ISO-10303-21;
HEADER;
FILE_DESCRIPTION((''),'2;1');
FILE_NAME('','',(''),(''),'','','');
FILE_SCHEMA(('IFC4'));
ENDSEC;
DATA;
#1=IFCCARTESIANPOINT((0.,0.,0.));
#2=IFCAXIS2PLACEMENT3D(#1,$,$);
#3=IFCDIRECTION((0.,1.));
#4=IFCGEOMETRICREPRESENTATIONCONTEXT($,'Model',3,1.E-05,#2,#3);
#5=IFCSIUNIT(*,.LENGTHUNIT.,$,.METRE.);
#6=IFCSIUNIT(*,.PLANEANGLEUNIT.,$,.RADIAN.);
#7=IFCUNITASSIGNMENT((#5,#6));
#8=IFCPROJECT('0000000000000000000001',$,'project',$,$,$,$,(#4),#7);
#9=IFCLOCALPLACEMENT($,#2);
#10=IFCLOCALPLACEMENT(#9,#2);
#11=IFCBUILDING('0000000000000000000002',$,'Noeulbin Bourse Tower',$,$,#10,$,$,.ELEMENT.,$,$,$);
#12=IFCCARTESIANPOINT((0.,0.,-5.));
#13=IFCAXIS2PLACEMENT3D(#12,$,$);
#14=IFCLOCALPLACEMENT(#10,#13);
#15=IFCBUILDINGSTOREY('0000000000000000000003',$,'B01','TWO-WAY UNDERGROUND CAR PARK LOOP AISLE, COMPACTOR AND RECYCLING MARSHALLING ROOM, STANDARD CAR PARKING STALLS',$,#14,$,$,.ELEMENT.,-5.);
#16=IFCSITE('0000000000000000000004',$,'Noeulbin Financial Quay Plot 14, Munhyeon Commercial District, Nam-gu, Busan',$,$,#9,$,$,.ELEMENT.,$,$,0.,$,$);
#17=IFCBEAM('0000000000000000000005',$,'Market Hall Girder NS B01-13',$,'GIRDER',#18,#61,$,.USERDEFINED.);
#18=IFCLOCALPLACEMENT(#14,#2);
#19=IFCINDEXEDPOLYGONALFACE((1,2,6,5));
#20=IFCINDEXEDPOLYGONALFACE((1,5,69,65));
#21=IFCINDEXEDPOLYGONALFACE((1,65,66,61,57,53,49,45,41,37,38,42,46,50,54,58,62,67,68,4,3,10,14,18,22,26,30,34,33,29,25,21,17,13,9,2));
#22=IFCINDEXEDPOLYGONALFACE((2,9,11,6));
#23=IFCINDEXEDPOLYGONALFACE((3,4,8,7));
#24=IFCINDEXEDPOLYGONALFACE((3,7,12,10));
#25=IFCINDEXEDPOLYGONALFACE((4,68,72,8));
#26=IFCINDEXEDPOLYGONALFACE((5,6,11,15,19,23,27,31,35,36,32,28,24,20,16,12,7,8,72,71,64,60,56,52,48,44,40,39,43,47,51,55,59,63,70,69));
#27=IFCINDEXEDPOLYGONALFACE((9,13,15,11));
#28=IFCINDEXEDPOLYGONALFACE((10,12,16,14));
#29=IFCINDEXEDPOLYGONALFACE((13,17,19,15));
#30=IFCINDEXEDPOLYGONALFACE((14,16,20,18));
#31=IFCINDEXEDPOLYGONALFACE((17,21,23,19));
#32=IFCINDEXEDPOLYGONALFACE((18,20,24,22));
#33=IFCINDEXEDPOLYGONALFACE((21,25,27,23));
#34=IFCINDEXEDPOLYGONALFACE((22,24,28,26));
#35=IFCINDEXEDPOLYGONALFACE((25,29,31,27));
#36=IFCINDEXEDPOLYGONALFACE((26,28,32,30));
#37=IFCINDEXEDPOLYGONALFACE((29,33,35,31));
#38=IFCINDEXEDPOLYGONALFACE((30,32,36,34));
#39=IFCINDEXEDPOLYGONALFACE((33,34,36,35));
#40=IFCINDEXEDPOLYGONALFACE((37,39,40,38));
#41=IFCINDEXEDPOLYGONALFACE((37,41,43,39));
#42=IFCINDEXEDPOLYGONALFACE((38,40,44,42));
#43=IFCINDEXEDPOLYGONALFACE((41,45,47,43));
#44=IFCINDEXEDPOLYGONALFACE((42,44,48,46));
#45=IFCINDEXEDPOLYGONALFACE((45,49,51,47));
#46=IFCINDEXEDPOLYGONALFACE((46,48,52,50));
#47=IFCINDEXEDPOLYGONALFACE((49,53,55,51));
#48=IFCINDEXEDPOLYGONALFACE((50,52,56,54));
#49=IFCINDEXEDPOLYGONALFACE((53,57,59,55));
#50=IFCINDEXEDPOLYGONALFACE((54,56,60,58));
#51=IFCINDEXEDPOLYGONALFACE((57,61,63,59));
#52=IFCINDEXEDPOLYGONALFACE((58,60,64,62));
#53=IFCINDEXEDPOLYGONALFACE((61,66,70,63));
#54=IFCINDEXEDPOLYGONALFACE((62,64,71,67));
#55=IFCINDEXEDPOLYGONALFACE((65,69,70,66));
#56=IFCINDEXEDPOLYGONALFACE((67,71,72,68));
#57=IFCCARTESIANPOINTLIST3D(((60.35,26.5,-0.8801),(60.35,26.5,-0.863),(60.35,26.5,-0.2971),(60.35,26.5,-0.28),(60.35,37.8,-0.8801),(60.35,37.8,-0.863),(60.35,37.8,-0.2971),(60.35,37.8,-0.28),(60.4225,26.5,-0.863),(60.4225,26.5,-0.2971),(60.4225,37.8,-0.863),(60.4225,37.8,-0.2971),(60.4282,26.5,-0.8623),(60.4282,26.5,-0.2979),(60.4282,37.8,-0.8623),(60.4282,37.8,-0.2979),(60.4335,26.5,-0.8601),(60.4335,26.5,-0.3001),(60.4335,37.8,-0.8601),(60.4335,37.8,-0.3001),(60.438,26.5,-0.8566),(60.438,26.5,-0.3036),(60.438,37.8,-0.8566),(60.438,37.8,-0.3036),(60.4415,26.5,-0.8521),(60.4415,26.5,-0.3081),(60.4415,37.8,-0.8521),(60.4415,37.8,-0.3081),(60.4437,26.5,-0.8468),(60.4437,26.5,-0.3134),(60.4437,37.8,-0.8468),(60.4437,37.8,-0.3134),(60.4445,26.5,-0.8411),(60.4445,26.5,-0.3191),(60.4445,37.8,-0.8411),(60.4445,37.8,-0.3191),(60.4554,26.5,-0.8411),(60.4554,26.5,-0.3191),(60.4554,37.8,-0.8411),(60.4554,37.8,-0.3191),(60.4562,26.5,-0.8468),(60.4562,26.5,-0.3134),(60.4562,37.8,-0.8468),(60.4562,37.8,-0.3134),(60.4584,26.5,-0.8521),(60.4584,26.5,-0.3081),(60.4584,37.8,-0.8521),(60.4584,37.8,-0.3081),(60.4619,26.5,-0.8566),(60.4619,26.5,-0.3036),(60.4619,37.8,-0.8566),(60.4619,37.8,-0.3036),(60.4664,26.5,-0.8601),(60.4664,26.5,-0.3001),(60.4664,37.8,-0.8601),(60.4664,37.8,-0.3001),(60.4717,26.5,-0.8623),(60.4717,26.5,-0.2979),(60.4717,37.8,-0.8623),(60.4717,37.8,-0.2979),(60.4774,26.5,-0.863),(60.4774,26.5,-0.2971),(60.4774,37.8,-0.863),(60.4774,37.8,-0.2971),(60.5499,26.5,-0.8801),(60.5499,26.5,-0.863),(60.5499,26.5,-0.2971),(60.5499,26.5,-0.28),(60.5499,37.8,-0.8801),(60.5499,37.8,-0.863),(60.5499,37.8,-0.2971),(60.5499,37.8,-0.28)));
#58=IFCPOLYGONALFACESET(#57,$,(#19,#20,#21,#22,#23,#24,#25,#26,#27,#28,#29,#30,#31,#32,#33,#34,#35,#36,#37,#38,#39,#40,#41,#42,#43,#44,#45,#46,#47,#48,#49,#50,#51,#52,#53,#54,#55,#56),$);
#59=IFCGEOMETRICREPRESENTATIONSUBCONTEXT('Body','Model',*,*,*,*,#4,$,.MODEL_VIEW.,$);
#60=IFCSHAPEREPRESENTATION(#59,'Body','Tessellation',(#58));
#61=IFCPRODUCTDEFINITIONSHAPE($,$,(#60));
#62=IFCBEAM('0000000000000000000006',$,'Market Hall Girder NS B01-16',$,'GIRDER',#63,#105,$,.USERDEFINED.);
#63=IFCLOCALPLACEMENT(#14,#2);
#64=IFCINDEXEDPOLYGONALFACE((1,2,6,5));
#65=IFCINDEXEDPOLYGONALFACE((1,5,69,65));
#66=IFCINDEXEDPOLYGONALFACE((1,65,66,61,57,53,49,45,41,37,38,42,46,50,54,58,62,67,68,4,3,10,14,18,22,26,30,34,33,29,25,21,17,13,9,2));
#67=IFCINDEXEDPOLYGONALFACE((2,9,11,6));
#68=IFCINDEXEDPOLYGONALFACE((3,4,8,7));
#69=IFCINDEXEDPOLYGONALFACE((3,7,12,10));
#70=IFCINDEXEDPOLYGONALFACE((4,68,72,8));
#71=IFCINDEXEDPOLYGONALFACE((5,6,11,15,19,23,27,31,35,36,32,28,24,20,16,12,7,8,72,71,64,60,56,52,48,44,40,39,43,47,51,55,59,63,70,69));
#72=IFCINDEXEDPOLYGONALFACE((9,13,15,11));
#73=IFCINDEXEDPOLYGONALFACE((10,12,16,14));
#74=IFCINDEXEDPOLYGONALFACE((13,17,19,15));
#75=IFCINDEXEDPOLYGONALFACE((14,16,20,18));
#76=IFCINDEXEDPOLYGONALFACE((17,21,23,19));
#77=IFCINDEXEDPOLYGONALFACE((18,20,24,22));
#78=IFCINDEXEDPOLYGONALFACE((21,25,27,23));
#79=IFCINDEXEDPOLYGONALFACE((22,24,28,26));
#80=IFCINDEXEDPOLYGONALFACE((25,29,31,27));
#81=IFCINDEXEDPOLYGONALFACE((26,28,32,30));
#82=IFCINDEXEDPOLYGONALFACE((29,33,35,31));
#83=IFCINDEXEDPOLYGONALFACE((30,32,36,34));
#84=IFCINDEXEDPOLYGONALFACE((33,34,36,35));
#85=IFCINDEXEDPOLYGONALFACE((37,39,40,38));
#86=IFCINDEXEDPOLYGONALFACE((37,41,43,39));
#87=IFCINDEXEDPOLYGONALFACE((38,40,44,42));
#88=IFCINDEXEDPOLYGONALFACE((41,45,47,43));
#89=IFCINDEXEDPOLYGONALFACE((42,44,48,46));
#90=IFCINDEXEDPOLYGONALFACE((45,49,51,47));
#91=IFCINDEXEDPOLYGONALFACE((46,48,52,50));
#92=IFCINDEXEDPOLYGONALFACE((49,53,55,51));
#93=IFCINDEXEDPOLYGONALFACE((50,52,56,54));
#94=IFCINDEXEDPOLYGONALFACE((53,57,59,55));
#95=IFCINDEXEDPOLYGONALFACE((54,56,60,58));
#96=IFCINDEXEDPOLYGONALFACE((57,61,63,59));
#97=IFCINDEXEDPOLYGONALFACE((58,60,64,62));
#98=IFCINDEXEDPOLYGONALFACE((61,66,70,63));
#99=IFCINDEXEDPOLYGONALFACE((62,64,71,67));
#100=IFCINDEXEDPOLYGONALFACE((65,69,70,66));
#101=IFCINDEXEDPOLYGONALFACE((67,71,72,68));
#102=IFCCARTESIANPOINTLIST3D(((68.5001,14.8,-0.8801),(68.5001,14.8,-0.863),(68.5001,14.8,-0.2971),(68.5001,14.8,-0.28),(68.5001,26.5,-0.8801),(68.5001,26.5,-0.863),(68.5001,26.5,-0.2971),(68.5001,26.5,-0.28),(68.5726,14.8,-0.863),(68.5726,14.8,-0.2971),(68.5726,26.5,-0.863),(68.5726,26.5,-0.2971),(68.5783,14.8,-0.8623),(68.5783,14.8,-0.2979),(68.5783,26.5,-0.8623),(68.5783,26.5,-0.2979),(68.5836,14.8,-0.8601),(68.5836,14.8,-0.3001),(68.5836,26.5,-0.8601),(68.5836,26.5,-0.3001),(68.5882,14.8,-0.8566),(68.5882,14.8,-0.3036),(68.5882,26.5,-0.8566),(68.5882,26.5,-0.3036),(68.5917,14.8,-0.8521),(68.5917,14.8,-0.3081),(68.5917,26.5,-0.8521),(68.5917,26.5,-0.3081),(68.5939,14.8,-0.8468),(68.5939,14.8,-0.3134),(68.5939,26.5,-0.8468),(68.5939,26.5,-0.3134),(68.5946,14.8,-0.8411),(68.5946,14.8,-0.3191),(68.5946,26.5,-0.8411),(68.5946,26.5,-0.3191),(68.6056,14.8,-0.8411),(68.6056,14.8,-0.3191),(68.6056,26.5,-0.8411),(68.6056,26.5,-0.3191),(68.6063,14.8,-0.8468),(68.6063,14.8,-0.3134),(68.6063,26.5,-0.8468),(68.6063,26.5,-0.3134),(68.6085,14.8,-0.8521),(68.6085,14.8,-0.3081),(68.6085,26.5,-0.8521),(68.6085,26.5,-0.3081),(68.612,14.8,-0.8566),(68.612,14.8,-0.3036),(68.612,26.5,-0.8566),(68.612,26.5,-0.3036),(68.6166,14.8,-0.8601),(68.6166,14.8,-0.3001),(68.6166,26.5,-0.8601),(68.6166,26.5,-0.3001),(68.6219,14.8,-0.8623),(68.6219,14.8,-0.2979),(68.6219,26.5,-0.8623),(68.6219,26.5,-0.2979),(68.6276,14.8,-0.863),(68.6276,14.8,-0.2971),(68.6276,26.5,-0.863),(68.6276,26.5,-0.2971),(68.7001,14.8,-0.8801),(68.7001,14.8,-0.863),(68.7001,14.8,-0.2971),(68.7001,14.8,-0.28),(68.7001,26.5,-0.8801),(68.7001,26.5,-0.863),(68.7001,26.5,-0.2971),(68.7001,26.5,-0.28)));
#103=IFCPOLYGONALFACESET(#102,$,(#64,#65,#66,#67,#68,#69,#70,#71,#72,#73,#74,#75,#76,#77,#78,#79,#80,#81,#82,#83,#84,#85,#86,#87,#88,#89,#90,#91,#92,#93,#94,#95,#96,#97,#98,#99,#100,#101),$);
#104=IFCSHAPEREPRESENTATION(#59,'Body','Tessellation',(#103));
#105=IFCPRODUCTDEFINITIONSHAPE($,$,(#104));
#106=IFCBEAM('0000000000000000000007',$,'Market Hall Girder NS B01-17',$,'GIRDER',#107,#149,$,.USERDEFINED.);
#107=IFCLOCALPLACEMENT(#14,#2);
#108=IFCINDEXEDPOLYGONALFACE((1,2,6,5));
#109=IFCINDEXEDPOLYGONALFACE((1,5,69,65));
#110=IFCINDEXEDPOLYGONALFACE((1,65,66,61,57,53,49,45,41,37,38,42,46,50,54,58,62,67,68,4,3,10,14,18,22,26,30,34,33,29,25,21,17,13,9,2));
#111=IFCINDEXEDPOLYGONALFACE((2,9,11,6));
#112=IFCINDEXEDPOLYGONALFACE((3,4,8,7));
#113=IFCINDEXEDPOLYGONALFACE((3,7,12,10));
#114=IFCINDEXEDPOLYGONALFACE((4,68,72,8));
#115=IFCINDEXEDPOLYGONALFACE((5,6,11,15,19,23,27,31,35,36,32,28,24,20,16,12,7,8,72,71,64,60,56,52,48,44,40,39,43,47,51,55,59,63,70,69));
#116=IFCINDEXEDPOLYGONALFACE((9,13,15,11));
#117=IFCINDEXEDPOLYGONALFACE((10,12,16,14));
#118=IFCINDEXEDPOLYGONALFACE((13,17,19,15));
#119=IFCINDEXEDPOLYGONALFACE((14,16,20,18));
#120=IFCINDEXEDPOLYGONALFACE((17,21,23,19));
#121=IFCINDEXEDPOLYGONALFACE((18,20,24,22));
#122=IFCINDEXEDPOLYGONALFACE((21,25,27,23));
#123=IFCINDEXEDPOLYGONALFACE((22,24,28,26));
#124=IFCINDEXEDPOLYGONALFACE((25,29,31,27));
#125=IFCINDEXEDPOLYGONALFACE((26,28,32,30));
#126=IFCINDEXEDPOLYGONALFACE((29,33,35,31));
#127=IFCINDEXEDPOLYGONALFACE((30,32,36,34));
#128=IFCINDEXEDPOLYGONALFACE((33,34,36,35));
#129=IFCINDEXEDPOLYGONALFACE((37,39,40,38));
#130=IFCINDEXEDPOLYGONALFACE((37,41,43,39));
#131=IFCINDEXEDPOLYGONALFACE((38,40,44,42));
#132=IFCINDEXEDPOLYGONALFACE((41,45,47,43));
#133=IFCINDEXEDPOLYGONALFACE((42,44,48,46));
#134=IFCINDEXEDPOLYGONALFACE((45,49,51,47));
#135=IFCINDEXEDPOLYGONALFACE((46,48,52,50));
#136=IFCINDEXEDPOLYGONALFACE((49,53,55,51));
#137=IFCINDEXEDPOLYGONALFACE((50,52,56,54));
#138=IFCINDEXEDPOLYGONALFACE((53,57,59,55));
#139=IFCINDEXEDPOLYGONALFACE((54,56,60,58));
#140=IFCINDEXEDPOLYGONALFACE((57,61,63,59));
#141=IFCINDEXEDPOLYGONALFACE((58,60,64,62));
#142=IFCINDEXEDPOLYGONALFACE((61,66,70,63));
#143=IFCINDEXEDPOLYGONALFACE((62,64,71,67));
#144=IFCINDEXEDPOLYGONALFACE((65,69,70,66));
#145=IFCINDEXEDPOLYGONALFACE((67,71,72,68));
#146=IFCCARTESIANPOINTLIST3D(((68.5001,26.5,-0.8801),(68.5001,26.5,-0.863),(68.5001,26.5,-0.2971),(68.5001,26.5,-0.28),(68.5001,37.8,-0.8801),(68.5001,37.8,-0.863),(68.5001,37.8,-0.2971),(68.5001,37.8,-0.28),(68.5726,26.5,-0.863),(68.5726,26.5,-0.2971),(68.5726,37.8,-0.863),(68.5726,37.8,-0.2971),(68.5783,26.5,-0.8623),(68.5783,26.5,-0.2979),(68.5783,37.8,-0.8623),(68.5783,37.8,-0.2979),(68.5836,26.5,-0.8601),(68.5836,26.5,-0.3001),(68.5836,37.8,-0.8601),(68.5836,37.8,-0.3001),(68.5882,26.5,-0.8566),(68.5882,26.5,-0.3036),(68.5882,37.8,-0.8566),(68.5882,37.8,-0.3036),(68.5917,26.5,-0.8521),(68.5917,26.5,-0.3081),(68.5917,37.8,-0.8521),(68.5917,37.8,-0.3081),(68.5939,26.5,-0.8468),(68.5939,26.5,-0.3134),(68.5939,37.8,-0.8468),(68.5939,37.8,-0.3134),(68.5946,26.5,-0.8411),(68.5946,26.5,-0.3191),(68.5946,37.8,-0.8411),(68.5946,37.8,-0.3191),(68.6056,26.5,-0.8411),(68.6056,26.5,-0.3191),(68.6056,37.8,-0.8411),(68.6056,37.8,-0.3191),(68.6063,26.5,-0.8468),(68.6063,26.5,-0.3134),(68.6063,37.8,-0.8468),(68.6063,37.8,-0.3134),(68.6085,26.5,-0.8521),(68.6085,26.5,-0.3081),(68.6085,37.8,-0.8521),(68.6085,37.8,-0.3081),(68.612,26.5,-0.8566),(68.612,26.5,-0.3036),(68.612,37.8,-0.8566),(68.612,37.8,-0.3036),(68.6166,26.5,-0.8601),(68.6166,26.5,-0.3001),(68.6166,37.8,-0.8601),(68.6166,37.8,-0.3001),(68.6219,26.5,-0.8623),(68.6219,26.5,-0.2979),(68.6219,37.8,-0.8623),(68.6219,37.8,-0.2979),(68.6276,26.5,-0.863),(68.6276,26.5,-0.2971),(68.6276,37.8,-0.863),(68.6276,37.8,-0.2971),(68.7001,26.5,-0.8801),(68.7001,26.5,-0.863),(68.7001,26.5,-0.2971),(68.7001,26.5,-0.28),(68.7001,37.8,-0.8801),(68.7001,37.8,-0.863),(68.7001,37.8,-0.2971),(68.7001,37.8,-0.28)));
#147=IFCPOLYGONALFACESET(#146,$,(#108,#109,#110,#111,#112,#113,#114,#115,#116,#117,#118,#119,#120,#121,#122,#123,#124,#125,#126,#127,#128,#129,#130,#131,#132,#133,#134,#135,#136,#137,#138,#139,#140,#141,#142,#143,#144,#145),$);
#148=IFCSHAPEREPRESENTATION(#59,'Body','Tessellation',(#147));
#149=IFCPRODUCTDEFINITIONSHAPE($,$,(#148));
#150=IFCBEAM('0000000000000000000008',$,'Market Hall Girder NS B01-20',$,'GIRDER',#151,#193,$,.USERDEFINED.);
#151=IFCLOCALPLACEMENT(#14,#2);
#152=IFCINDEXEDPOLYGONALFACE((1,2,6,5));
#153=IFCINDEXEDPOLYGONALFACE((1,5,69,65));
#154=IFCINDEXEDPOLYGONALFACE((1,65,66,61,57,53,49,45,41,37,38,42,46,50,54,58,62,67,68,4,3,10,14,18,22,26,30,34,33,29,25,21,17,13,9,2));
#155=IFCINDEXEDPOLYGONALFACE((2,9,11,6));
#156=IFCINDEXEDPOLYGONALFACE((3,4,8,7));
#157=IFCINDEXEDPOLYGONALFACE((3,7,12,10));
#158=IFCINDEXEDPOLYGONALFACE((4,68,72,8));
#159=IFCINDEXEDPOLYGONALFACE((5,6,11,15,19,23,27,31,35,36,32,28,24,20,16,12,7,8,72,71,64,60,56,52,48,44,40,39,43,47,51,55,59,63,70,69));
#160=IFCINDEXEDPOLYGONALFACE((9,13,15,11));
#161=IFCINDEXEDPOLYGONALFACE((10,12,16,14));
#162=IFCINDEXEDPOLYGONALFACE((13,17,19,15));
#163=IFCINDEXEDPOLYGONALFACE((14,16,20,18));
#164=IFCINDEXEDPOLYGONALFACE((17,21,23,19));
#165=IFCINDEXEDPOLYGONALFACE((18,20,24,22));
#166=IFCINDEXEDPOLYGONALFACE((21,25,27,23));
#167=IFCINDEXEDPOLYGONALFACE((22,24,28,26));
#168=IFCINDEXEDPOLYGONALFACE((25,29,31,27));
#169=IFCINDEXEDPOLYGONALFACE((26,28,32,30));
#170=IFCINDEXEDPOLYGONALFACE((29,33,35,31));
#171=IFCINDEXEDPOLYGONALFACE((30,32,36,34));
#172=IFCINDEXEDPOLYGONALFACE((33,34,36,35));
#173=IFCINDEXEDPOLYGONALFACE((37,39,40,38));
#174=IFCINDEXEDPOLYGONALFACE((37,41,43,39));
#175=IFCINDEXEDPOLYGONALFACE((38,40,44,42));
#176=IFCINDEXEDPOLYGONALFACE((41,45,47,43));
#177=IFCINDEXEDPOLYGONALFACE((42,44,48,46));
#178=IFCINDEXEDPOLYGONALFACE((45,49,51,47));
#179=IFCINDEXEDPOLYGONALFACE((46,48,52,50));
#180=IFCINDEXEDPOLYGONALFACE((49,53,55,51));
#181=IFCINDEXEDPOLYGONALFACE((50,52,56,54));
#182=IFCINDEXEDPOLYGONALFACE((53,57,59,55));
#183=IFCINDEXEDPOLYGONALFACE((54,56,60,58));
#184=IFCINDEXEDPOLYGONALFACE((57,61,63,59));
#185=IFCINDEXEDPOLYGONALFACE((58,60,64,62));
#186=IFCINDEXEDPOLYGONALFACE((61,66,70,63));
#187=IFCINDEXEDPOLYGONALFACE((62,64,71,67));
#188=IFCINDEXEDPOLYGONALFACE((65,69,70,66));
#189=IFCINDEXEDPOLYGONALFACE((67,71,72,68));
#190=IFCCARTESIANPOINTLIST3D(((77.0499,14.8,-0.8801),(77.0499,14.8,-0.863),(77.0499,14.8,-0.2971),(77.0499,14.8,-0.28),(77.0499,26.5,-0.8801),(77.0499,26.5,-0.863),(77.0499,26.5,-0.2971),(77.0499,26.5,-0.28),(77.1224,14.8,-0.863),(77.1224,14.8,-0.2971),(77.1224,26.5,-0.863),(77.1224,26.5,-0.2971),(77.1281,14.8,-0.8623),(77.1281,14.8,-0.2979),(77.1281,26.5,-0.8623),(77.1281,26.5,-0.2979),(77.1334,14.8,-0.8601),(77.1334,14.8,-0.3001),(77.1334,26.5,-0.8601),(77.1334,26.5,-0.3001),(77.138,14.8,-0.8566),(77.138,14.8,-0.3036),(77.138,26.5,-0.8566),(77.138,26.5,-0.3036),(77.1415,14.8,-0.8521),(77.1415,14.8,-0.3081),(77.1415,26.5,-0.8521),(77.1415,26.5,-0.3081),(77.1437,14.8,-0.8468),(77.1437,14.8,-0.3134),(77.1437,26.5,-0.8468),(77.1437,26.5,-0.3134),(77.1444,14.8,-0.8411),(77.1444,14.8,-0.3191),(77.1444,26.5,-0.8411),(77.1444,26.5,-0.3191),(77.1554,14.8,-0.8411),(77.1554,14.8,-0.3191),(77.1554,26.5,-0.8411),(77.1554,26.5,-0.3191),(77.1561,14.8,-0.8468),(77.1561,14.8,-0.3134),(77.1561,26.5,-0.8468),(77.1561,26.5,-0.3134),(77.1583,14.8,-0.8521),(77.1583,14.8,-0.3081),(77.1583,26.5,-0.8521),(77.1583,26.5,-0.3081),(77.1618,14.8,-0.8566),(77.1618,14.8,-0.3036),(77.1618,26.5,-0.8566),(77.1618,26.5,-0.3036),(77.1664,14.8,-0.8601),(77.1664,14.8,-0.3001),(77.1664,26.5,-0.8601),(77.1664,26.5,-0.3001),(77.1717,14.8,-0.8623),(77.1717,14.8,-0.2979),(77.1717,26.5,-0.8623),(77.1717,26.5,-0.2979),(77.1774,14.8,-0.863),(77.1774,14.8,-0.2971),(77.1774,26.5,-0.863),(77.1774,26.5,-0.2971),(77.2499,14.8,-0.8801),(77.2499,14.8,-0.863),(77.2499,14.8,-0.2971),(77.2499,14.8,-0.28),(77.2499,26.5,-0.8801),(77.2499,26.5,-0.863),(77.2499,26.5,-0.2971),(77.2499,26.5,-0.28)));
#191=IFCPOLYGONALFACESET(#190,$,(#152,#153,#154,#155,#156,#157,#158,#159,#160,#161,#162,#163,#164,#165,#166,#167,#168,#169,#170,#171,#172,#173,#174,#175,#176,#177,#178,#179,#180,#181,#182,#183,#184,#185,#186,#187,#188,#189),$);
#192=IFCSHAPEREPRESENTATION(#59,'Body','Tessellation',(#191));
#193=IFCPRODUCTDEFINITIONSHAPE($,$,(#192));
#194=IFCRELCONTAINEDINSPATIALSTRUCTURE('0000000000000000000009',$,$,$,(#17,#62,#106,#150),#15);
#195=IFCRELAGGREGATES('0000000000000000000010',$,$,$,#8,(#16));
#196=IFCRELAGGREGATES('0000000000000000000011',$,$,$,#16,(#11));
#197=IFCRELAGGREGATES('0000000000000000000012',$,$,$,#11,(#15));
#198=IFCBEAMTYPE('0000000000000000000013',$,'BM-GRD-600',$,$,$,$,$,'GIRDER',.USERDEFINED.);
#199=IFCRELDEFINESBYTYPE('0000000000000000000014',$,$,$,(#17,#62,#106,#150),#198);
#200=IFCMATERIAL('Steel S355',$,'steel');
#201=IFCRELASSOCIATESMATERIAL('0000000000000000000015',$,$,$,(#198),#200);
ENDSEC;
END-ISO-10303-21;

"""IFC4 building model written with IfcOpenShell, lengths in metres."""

from ifc_helpers import new_model, si_unit, direction, frame, origin, origin_2d, place, context, subcontext, project, spatial, i_section, extrude, material, material_profile, profile_set, type_object, element, save


model = new_model("IFC4")

# Units and contexts
model_context = context("Model", 3, precision=1e-05, world=origin(), true_north=direction((0.0, 1.0)))
body_context = subcontext(model_context, "Body", "Model", "MODEL_VIEW")
ifc_project = project(units=[si_unit("LENGTHUNIT", "METRE"), si_unit("PLANEANGLEUNIT", "RADIAN")], contexts=[model_context])

# Site, building, storey
site_placement = place(None, origin())
site = spatial("IfcSite", under=ifc_project, at=site_placement, Name="Noeulbin Financial Quay Plot 14, Munhyeon Commercial District, Nam-gu, Busan", CompositionType="ELEMENT", RefElevation=0.0)
building_placement = place(site_placement, origin())
building = spatial("IfcBuilding", under=site, at=building_placement, Name="Noeulbin Bourse Tower", CompositionType="ELEMENT")
storey_placement = place(building_placement, frame((0.0, 0.0, -5.0)))
storey = spatial("IfcBuildingStorey", under=building, at=storey_placement, Name="B01", Description="TWO-WAY UNDERGROUND CAR PARK LOOP AISLE, COMPACTOR AND RECYCLING MARSHALLING ROOM, STANDARD CAR PARKING STALLS", CompositionType="ELEMENT", Elevation=-5.0)

# Beams
ifc_material_1 = material(Name="Steel S355", Category="steel")
ifc_material_profile_1 = material_profile(ifc_material_1, i_section(OverallWidth=0.2, OverallDepth=0.6001, WebThickness=0.011, FlangeThickness=0.0171, FilletRadius=0.022, at=origin_2d()), Name="H-600x200x11x17", Category="LoadBearing")
ifc_profile_set_1 = profile_set([ifc_material_profile_1], Name="Steel S355")
beam_type_1 = type_object("IfcBeamType", Name="BM-GRD-600", ElementType="GIRDER", PredefinedType="USERDEFINED", material=ifc_profile_set_1)
beam_1_placement = place(storey_placement, frame((60.45, 26.5, -0.5801), z_axis=(0.0, 1.0, 0.0), x_axis=(-1.0, 0.0, 0.0)))
element("IfcBeam", 1, at=beam_1_placement, inside=storey, type_object=beam_type_1, Name="Market Hall Girder NS B01-13", ObjectType="GIRDER", PredefinedType="USERDEFINED", context=body_context, shape_type="SweptSolid", body=[
    extrude(i_section(OverallWidth=0.2, OverallDepth=0.6001, WebThickness=0.011, FlangeThickness=0.0171, FilletRadius=0.022, at=origin_2d()), origin(), (0.0, 0.0, 1.0), 11.3),
])
beam_2_placement = place(storey_placement, frame((68.6001, 14.8, -0.5801), z_axis=(0.0, 1.0, 0.0), x_axis=(-1.0, 0.0, 0.0)))
element("IfcBeam", 2, at=beam_2_placement, inside=storey, type_object=beam_type_1, Name="Market Hall Girder NS B01-16", ObjectType="GIRDER", PredefinedType="USERDEFINED", context=body_context, shape_type="SweptSolid", body=[
    extrude(i_section(OverallWidth=0.2, OverallDepth=0.6001, WebThickness=0.011, FlangeThickness=0.0171, FilletRadius=0.022, at=origin_2d()), origin(), (0.0, 0.0, 1.0), 11.7),
])
beam_3_placement = place(storey_placement, frame((68.6001, 26.5, -0.5801), z_axis=(0.0, 1.0, 0.0), x_axis=(-1.0, 0.0, 0.0)))
element("IfcBeam", 3, at=beam_3_placement, inside=storey, type_object=beam_type_1, Name="Market Hall Girder NS B01-17", ObjectType="GIRDER", PredefinedType="USERDEFINED", context=body_context, shape_type="SweptSolid", body=[
    extrude(i_section(OverallWidth=0.2, OverallDepth=0.6001, WebThickness=0.011, FlangeThickness=0.0171, FilletRadius=0.022, at=origin_2d()), origin(), (0.0, 0.0, 1.0), 11.3),
])
beam_4_placement = place(storey_placement, frame((77.1499, 14.8, -0.5801), z_axis=(0.0, 1.0, 0.0), x_axis=(-1.0, 0.0, 0.0)))
element("IfcBeam", 4, at=beam_4_placement, inside=storey, type_object=beam_type_1, Name="Market Hall Girder NS B01-20", ObjectType="GIRDER", PredefinedType="USERDEFINED", context=body_context, shape_type="SweptSolid", body=[
    extrude(i_section(OverallWidth=0.2, OverallDepth=0.6001, WebThickness=0.011, FlangeThickness=0.0171, FilletRadius=0.022, at=origin_2d()), origin(), (0.0, 0.0, 1.0), 11.7),
])

save(model, "model.ifc")
